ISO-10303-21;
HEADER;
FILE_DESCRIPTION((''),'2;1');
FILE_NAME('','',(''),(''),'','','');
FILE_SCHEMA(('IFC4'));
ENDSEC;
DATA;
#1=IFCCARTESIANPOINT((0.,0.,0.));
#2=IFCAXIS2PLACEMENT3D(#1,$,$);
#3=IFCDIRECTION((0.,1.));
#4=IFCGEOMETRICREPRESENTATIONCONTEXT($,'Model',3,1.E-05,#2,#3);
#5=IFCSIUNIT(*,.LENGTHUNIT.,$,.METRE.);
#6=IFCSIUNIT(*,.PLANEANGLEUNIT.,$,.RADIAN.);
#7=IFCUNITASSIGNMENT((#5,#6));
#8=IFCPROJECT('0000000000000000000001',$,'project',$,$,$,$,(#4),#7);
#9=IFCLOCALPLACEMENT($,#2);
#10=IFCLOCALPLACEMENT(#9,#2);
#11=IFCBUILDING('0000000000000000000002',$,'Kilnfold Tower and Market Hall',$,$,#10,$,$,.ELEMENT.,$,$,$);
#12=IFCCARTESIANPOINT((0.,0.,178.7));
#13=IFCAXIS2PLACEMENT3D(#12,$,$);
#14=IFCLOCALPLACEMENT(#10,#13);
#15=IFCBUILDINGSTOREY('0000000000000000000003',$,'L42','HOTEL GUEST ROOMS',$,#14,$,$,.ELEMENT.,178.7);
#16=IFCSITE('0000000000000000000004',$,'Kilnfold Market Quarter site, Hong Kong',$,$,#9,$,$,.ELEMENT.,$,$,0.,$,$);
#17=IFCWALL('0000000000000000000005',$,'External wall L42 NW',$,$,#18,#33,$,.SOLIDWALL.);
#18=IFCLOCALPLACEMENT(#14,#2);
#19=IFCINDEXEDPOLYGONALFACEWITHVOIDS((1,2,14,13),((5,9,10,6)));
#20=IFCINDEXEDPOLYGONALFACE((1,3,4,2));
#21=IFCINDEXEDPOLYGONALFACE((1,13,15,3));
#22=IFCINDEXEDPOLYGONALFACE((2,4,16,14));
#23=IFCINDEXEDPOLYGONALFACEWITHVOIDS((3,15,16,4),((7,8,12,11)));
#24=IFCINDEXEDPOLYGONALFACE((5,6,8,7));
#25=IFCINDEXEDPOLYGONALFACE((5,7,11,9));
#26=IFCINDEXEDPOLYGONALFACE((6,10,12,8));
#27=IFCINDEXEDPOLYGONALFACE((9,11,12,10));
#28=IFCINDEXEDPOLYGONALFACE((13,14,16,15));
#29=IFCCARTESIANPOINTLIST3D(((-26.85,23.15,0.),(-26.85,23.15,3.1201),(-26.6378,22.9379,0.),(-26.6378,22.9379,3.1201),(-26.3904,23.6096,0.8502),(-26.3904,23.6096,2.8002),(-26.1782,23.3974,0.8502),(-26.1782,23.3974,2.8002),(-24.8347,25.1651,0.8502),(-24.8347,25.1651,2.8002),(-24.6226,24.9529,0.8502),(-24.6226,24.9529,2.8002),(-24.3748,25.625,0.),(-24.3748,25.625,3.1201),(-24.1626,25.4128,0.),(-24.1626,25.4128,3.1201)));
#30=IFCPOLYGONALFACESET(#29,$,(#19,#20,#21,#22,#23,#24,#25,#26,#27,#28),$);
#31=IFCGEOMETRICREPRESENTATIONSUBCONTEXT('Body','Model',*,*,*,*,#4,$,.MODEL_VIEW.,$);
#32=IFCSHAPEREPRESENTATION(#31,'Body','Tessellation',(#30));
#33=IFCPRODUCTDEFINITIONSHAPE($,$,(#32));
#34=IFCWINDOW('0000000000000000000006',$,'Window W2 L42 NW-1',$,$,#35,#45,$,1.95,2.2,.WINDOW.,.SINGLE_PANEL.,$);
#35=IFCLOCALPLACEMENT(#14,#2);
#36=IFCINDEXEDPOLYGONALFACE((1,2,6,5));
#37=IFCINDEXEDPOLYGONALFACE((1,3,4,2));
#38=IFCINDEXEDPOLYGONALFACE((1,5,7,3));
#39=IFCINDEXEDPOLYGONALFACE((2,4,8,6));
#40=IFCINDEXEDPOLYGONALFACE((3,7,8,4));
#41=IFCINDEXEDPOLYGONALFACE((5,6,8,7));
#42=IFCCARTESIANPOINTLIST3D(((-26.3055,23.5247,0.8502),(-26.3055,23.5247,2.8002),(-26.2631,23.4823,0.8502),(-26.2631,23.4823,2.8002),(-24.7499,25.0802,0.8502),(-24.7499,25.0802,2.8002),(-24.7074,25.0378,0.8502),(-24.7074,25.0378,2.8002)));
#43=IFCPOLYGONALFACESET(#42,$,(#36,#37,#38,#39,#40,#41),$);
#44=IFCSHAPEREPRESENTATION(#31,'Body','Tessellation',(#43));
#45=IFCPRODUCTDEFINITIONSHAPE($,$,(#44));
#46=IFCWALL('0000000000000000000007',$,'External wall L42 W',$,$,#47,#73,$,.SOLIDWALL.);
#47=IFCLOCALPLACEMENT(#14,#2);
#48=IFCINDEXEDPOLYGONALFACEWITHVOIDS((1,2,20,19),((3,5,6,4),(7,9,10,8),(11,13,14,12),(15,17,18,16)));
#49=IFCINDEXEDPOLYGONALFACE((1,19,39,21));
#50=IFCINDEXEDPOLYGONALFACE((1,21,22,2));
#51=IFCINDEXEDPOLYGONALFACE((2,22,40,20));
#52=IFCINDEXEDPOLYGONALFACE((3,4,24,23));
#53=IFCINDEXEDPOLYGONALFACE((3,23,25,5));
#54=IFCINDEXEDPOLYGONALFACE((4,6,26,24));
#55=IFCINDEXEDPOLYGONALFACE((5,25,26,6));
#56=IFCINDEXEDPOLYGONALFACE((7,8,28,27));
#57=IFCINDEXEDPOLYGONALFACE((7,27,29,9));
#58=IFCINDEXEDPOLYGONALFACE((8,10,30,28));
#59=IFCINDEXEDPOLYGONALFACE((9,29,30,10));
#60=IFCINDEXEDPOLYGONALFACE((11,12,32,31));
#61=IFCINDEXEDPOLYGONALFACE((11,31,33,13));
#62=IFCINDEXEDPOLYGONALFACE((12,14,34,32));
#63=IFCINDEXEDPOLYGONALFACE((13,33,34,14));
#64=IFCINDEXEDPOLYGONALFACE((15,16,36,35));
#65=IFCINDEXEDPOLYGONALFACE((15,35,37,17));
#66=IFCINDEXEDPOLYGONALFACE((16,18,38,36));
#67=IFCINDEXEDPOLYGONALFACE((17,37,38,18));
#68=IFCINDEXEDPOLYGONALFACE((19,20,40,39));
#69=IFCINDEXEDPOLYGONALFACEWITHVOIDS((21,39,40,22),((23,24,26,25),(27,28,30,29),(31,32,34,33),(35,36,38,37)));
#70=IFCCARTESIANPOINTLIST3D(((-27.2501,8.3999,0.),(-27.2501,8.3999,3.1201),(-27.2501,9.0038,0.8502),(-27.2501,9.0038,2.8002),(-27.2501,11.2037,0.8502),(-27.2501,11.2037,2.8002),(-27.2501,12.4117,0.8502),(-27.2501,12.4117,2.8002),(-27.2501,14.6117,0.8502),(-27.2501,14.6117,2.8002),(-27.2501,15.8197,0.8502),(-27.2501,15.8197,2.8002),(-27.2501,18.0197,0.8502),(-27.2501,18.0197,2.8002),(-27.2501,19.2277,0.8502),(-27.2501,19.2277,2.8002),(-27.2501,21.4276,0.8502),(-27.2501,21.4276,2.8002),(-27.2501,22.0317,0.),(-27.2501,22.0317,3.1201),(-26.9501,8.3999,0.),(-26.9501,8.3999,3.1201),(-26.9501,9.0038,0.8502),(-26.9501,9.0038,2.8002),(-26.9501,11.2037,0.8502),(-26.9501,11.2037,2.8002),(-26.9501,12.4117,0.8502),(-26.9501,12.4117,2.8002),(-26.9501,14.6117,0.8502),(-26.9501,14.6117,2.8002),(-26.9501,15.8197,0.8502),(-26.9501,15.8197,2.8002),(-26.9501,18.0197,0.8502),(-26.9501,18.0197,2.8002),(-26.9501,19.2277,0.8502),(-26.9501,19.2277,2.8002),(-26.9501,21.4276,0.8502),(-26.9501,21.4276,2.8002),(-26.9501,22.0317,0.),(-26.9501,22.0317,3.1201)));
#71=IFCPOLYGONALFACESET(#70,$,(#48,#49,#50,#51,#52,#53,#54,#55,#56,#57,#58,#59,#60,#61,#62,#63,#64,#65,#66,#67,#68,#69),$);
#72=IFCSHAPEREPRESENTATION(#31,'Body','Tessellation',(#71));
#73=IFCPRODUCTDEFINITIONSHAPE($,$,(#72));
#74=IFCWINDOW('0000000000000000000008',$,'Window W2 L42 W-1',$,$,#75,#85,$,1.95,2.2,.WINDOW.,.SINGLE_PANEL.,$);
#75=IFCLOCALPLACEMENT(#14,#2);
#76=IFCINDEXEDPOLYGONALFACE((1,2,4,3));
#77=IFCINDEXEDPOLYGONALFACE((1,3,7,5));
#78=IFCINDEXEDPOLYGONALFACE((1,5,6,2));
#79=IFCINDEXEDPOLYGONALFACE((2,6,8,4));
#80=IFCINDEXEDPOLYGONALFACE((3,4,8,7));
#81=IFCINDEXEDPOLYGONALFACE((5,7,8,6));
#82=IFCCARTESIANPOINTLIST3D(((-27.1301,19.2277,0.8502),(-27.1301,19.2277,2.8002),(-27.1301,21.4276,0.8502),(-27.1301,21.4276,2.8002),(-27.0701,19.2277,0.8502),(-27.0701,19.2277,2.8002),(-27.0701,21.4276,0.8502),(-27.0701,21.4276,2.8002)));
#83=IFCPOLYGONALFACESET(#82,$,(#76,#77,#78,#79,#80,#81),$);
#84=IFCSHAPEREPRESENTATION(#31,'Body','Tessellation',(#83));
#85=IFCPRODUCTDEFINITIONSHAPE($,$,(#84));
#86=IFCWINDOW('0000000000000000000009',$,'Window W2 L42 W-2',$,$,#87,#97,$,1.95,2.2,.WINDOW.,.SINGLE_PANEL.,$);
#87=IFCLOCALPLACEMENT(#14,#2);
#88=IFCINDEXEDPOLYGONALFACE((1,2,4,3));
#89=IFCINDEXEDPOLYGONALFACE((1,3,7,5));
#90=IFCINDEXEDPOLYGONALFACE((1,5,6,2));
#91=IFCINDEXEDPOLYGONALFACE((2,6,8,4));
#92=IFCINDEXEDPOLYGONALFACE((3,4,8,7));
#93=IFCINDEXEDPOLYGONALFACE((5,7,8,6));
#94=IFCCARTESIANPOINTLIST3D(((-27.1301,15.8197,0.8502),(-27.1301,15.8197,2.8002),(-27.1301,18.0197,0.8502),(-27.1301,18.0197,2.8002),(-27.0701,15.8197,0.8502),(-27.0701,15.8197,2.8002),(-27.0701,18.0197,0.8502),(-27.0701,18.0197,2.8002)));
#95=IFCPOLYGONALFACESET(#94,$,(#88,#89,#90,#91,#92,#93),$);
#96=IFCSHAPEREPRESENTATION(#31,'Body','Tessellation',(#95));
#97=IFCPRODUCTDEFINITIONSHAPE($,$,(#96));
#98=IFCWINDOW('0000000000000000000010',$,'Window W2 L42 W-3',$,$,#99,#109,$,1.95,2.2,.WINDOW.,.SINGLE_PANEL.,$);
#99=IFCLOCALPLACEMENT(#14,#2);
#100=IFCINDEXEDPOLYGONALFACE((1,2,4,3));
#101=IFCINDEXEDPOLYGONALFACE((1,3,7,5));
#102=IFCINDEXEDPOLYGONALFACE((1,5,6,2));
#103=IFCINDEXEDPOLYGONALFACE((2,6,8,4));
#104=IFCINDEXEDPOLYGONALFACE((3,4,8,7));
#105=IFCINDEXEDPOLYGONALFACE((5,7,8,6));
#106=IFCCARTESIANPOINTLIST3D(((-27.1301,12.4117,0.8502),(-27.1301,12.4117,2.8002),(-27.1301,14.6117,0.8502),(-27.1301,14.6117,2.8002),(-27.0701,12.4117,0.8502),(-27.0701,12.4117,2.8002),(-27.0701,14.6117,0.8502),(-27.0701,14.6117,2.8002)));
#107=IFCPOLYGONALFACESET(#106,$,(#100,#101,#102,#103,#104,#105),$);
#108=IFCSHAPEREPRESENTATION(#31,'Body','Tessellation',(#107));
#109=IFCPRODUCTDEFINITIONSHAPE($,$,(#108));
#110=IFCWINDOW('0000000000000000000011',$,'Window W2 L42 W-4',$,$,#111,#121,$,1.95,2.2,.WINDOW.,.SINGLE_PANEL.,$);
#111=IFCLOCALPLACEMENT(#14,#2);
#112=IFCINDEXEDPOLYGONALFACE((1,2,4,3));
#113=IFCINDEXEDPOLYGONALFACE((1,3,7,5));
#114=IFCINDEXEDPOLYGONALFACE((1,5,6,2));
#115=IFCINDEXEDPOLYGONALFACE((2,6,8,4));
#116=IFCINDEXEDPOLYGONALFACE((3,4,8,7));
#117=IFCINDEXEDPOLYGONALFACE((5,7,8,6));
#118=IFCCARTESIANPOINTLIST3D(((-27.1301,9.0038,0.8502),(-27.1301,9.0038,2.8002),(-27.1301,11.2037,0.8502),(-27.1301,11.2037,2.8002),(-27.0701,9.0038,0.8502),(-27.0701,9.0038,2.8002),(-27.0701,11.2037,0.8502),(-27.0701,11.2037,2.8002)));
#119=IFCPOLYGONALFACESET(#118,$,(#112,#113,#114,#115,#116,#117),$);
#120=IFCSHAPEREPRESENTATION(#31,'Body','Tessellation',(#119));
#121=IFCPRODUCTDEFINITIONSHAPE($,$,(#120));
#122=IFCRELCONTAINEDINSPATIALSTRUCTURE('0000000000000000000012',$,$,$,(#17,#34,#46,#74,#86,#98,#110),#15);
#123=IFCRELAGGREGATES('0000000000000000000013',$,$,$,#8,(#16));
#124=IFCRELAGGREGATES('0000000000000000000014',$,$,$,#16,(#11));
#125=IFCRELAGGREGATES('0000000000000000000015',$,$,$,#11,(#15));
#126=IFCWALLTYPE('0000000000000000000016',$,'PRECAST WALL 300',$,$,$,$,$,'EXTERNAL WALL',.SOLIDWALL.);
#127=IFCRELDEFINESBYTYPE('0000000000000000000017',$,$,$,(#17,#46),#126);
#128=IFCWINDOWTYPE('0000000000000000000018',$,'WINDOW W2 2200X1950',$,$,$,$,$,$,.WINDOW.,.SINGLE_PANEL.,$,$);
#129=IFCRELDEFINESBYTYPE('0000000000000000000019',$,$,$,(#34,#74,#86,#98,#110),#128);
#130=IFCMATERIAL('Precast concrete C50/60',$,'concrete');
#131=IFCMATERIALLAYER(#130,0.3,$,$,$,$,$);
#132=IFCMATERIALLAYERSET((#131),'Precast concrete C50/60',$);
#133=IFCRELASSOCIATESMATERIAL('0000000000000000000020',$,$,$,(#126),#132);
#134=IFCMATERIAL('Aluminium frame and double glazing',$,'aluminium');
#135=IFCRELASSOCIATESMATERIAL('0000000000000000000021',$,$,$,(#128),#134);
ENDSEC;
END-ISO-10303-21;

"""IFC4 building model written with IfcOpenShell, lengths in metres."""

from ifc_helpers import new_model, si_unit, direction, frame, frame_2d, origin, place, context, subcontext, project, spatial, rectangle, extrude, source, transform, mapped, material, layer, layer_set, type_object, element, fill, save


model = new_model("IFC4")

# Units and contexts
model_context = context("Model", 3, precision=1e-05, world=origin(), true_north=direction((0.0, 1.0)))
body_context = subcontext(model_context, "Body", "Model", "MODEL_VIEW")
ifc_project = project(units=[si_unit("LENGTHUNIT", "METRE"), si_unit("PLANEANGLEUNIT", "RADIAN")], contexts=[model_context])

# Site, building, storey
site_placement = place(None, origin())
site = spatial("IfcSite", under=ifc_project, at=site_placement, Name="Kilnfold Market Quarter site, Hong Kong", CompositionType="ELEMENT", RefElevation=0.0)
building_placement = place(site_placement, origin())
building = spatial("IfcBuilding", under=site, at=building_placement, Name="Kilnfold Tower and Market Hall", CompositionType="ELEMENT")
storey_placement = place(building_placement, frame((0.0, 0.0, 178.7)))
storey = spatial("IfcBuildingStorey", under=building, at=storey_placement, Name="L42", Description="HOTEL GUEST ROOMS", CompositionType="ELEMENT", Elevation=178.7)

# Wall, opening, window
ifc_material_1 = material(Name="Precast concrete C50/60", Category="concrete")
ifc_layer_1 = layer(ifc_material_1, 0.3)
ifc_layer_set_1 = layer_set([ifc_layer_1], Name="Precast concrete C50/60")
wall_type_1 = type_object("IfcWallType", Name="PRECAST WALL 300", ElementType="EXTERNAL WALL", PredefinedType="SOLIDWALL", material=ifc_layer_set_1)
shared_shape_1 = source(origin(), body_context, "Body", "SweptSolid", [
    extrude(rectangle(XDim=3.5002, YDim=0.3, at=frame_2d((1.75, 0.0))), origin(), (0.0, 0.0, 1.0), 3.1201),
])
wall_1_placement = place(storey_placement, frame((-24.2688, 25.5188, 0.0), z_axis=(0.0, 0.0, 1.0), x_axis=(-0.707142, -0.707072, 0.0)))
wall_1 = element("IfcWall", 1, at=wall_1_placement, inside=storey, type_object=wall_type_1, Name="External wall L42 NW", PredefinedType="SOLIDWALL", context=body_context, shape_type="MappedRepresentation", body=[
    mapped(shared_shape_1, transform((0.0, 0.0, 0.0))),
])
opening_1_placement = place(wall_1_placement, frame((0.6501, 0.0, 0.8501)))
opening_1 = element("IfcOpeningElement", 2, at=opening_1_placement, cuts=wall_1, PredefinedType="OPENING", context=body_context, shape_type="SweptSolid", body=[
    extrude(rectangle(XDim=2.2, YDim=1.95, at=frame_2d((1.1001, 0.9751))), frame((0.0, 0.1602, 0.0), z_axis=(0.0, -1.0, 0.0), x_axis=(1.0, 0.0, 0.0)), (0.0, 0.0, 1.0), 0.3201),
])
ifc_material_2 = material(Name="Aluminium frame and double glazing", Category="aluminium")
window_type = type_object("IfcWindowType", Name="WINDOW W2 2200X1950", PartitioningType="SINGLE_PANEL", PredefinedType="WINDOW", material=ifc_material_2)
window_1_placement = place(opening_1_placement, origin())
window_1 = element("IfcWindow", 3, at=window_1_placement, inside=storey, type_object=window_type, Name="Window W2 L42 NW-1", OverallHeight=1.95, OverallWidth=2.2, PartitioningType="SINGLE_PANEL", PredefinedType="WINDOW", context=body_context, shape_type="SweptSolid", body=[
    extrude(rectangle(XDim=2.2, YDim=1.95, at=frame_2d((1.1001, 0.9751))), frame((0.0, 0.03, 0.0), z_axis=(0.0, -1.0, 0.0), x_axis=(1.0, 0.0, 0.0)), (0.0, 0.0, 1.0), 0.0601),
])
fill(opening_1, window_1)

# Wall, openings, windows
shared_shape_2 = source(origin(), body_context, "Body", "SweptSolid", [
    extrude(rectangle(XDim=13.6318, YDim=0.3, at=frame_2d((6.8159, 0.0))), origin(), (0.0, 0.0, 1.0), 3.1201),
])
wall_2_placement = place(storey_placement, frame((-27.1001, 22.0317, 0.0), z_axis=(0.0, 0.0, 1.0), x_axis=(0.0, -1.0, 0.0)))
wall_2 = element("IfcWall", 4, at=wall_2_placement, inside=storey, type_object=wall_type_1, Name="External wall L42 W", PredefinedType="SOLIDWALL", context=body_context, shape_type="MappedRepresentation", body=[
    mapped(shared_shape_2, transform((0.0, 0.0, 0.0))),
])
opening_2_placement = place(wall_2_placement, frame((0.604, 0.0, 0.8501)))
opening_2 = element("IfcOpeningElement", 5, at=opening_2_placement, cuts=wall_2, PredefinedType="OPENING", context=body_context, shape_type="SweptSolid", body=[
    extrude(rectangle(XDim=2.2, YDim=1.95, at=frame_2d((1.1001, 0.9751))), frame((0.0, 0.1602, 0.0), z_axis=(0.0, -1.0, 0.0), x_axis=(1.0, 0.0, 0.0)), (0.0, 0.0, 1.0), 0.3201),
])
opening_3_placement = place(wall_2_placement, frame((4.012, 0.0, 0.8501)))
opening_3 = element("IfcOpeningElement", 6, at=opening_3_placement, cuts=wall_2, PredefinedType="OPENING", context=body_context, shape_type="SweptSolid", body=[
    extrude(rectangle(XDim=2.2, YDim=1.95, at=frame_2d((1.1001, 0.9751))), frame((0.0, 0.1602, 0.0), z_axis=(0.0, -1.0, 0.0), x_axis=(1.0, 0.0, 0.0)), (0.0, 0.0, 1.0), 0.3201),
])
opening_4_placement = place(wall_2_placement, frame((7.4199, 0.0, 0.8501)))
opening_4 = element("IfcOpeningElement", 7, at=opening_4_placement, cuts=wall_2, PredefinedType="OPENING", context=body_context, shape_type="SweptSolid", body=[
    extrude(rectangle(XDim=2.2, YDim=1.95, at=frame_2d((1.1001, 0.9751))), frame((0.0, 0.1602, 0.0), z_axis=(0.0, -1.0, 0.0), x_axis=(1.0, 0.0, 0.0)), (0.0, 0.0, 1.0), 0.3201),
])
opening_5_placement = place(wall_2_placement, frame((10.8279, 0.0, 0.8501)))
opening_5 = element("IfcOpeningElement", 8, at=opening_5_placement, cuts=wall_2, PredefinedType="OPENING", context=body_context, shape_type="SweptSolid", body=[
    extrude(rectangle(XDim=2.2, YDim=1.95, at=frame_2d((1.1001, 0.9751))), frame((0.0, 0.1602, 0.0), z_axis=(0.0, -1.0, 0.0), x_axis=(1.0, 0.0, 0.0)), (0.0, 0.0, 1.0), 0.3201),
])
window_2_placement = place(opening_2_placement, origin())
window_2 = element("IfcWindow", 9, at=window_2_placement, inside=storey, type_object=window_type, Name="Window W2 L42 W-1", OverallHeight=1.95, OverallWidth=2.2, PartitioningType="SINGLE_PANEL", PredefinedType="WINDOW", context=body_context, shape_type="SweptSolid", body=[
    extrude(rectangle(XDim=2.2, YDim=1.95, at=frame_2d((1.1001, 0.9751))), frame((0.0, 0.03, 0.0), z_axis=(0.0, -1.0, 0.0), x_axis=(1.0, 0.0, 0.0)), (0.0, 0.0, 1.0), 0.0601),
])
fill(opening_2, window_2)
window_3_placement = place(opening_3_placement, origin())
window_3 = element("IfcWindow", 10, at=window_3_placement, inside=storey, type_object=window_type, Name="Window W2 L42 W-2", OverallHeight=1.95, OverallWidth=2.2, PartitioningType="SINGLE_PANEL", PredefinedType="WINDOW", context=body_context, shape_type="SweptSolid", body=[
    extrude(rectangle(XDim=2.2, YDim=1.95, at=frame_2d((1.1001, 0.9751))), frame((0.0, 0.03, 0.0), z_axis=(0.0, -1.0, 0.0), x_axis=(1.0, 0.0, 0.0)), (0.0, 0.0, 1.0), 0.0601),
])
fill(opening_3, window_3)
window_4_placement = place(opening_4_placement, origin())
window_4 = element("IfcWindow", 11, at=window_4_placement, inside=storey, type_object=window_type, Name="Window W2 L42 W-3", OverallHeight=1.95, OverallWidth=2.2, PartitioningType="SINGLE_PANEL", PredefinedType="WINDOW", context=body_context, shape_type="SweptSolid", body=[
    extrude(rectangle(XDim=2.2, YDim=1.95, at=frame_2d((1.1001, 0.9751))), frame((0.0, 0.03, 0.0), z_axis=(0.0, -1.0, 0.0), x_axis=(1.0, 0.0, 0.0)), (0.0, 0.0, 1.0), 0.0601),
])
fill(opening_4, window_4)
window_5_placement = place(opening_5_placement, origin())
window_5 = element("IfcWindow", 12, at=window_5_placement, inside=storey, type_object=window_type, Name="Window W2 L42 W-4", OverallHeight=1.95, OverallWidth=2.2, PartitioningType="SINGLE_PANEL", PredefinedType="WINDOW", context=body_context, shape_type="SweptSolid", body=[
    extrude(rectangle(XDim=2.2, YDim=1.95, at=frame_2d((1.1001, 0.9751))), frame((0.0, 0.03, 0.0), z_axis=(0.0, -1.0, 0.0), x_axis=(1.0, 0.0, 0.0)), (0.0, 0.0, 1.0), 0.0601),
])
fill(opening_5, window_5)

save(model, "model.ifc")
